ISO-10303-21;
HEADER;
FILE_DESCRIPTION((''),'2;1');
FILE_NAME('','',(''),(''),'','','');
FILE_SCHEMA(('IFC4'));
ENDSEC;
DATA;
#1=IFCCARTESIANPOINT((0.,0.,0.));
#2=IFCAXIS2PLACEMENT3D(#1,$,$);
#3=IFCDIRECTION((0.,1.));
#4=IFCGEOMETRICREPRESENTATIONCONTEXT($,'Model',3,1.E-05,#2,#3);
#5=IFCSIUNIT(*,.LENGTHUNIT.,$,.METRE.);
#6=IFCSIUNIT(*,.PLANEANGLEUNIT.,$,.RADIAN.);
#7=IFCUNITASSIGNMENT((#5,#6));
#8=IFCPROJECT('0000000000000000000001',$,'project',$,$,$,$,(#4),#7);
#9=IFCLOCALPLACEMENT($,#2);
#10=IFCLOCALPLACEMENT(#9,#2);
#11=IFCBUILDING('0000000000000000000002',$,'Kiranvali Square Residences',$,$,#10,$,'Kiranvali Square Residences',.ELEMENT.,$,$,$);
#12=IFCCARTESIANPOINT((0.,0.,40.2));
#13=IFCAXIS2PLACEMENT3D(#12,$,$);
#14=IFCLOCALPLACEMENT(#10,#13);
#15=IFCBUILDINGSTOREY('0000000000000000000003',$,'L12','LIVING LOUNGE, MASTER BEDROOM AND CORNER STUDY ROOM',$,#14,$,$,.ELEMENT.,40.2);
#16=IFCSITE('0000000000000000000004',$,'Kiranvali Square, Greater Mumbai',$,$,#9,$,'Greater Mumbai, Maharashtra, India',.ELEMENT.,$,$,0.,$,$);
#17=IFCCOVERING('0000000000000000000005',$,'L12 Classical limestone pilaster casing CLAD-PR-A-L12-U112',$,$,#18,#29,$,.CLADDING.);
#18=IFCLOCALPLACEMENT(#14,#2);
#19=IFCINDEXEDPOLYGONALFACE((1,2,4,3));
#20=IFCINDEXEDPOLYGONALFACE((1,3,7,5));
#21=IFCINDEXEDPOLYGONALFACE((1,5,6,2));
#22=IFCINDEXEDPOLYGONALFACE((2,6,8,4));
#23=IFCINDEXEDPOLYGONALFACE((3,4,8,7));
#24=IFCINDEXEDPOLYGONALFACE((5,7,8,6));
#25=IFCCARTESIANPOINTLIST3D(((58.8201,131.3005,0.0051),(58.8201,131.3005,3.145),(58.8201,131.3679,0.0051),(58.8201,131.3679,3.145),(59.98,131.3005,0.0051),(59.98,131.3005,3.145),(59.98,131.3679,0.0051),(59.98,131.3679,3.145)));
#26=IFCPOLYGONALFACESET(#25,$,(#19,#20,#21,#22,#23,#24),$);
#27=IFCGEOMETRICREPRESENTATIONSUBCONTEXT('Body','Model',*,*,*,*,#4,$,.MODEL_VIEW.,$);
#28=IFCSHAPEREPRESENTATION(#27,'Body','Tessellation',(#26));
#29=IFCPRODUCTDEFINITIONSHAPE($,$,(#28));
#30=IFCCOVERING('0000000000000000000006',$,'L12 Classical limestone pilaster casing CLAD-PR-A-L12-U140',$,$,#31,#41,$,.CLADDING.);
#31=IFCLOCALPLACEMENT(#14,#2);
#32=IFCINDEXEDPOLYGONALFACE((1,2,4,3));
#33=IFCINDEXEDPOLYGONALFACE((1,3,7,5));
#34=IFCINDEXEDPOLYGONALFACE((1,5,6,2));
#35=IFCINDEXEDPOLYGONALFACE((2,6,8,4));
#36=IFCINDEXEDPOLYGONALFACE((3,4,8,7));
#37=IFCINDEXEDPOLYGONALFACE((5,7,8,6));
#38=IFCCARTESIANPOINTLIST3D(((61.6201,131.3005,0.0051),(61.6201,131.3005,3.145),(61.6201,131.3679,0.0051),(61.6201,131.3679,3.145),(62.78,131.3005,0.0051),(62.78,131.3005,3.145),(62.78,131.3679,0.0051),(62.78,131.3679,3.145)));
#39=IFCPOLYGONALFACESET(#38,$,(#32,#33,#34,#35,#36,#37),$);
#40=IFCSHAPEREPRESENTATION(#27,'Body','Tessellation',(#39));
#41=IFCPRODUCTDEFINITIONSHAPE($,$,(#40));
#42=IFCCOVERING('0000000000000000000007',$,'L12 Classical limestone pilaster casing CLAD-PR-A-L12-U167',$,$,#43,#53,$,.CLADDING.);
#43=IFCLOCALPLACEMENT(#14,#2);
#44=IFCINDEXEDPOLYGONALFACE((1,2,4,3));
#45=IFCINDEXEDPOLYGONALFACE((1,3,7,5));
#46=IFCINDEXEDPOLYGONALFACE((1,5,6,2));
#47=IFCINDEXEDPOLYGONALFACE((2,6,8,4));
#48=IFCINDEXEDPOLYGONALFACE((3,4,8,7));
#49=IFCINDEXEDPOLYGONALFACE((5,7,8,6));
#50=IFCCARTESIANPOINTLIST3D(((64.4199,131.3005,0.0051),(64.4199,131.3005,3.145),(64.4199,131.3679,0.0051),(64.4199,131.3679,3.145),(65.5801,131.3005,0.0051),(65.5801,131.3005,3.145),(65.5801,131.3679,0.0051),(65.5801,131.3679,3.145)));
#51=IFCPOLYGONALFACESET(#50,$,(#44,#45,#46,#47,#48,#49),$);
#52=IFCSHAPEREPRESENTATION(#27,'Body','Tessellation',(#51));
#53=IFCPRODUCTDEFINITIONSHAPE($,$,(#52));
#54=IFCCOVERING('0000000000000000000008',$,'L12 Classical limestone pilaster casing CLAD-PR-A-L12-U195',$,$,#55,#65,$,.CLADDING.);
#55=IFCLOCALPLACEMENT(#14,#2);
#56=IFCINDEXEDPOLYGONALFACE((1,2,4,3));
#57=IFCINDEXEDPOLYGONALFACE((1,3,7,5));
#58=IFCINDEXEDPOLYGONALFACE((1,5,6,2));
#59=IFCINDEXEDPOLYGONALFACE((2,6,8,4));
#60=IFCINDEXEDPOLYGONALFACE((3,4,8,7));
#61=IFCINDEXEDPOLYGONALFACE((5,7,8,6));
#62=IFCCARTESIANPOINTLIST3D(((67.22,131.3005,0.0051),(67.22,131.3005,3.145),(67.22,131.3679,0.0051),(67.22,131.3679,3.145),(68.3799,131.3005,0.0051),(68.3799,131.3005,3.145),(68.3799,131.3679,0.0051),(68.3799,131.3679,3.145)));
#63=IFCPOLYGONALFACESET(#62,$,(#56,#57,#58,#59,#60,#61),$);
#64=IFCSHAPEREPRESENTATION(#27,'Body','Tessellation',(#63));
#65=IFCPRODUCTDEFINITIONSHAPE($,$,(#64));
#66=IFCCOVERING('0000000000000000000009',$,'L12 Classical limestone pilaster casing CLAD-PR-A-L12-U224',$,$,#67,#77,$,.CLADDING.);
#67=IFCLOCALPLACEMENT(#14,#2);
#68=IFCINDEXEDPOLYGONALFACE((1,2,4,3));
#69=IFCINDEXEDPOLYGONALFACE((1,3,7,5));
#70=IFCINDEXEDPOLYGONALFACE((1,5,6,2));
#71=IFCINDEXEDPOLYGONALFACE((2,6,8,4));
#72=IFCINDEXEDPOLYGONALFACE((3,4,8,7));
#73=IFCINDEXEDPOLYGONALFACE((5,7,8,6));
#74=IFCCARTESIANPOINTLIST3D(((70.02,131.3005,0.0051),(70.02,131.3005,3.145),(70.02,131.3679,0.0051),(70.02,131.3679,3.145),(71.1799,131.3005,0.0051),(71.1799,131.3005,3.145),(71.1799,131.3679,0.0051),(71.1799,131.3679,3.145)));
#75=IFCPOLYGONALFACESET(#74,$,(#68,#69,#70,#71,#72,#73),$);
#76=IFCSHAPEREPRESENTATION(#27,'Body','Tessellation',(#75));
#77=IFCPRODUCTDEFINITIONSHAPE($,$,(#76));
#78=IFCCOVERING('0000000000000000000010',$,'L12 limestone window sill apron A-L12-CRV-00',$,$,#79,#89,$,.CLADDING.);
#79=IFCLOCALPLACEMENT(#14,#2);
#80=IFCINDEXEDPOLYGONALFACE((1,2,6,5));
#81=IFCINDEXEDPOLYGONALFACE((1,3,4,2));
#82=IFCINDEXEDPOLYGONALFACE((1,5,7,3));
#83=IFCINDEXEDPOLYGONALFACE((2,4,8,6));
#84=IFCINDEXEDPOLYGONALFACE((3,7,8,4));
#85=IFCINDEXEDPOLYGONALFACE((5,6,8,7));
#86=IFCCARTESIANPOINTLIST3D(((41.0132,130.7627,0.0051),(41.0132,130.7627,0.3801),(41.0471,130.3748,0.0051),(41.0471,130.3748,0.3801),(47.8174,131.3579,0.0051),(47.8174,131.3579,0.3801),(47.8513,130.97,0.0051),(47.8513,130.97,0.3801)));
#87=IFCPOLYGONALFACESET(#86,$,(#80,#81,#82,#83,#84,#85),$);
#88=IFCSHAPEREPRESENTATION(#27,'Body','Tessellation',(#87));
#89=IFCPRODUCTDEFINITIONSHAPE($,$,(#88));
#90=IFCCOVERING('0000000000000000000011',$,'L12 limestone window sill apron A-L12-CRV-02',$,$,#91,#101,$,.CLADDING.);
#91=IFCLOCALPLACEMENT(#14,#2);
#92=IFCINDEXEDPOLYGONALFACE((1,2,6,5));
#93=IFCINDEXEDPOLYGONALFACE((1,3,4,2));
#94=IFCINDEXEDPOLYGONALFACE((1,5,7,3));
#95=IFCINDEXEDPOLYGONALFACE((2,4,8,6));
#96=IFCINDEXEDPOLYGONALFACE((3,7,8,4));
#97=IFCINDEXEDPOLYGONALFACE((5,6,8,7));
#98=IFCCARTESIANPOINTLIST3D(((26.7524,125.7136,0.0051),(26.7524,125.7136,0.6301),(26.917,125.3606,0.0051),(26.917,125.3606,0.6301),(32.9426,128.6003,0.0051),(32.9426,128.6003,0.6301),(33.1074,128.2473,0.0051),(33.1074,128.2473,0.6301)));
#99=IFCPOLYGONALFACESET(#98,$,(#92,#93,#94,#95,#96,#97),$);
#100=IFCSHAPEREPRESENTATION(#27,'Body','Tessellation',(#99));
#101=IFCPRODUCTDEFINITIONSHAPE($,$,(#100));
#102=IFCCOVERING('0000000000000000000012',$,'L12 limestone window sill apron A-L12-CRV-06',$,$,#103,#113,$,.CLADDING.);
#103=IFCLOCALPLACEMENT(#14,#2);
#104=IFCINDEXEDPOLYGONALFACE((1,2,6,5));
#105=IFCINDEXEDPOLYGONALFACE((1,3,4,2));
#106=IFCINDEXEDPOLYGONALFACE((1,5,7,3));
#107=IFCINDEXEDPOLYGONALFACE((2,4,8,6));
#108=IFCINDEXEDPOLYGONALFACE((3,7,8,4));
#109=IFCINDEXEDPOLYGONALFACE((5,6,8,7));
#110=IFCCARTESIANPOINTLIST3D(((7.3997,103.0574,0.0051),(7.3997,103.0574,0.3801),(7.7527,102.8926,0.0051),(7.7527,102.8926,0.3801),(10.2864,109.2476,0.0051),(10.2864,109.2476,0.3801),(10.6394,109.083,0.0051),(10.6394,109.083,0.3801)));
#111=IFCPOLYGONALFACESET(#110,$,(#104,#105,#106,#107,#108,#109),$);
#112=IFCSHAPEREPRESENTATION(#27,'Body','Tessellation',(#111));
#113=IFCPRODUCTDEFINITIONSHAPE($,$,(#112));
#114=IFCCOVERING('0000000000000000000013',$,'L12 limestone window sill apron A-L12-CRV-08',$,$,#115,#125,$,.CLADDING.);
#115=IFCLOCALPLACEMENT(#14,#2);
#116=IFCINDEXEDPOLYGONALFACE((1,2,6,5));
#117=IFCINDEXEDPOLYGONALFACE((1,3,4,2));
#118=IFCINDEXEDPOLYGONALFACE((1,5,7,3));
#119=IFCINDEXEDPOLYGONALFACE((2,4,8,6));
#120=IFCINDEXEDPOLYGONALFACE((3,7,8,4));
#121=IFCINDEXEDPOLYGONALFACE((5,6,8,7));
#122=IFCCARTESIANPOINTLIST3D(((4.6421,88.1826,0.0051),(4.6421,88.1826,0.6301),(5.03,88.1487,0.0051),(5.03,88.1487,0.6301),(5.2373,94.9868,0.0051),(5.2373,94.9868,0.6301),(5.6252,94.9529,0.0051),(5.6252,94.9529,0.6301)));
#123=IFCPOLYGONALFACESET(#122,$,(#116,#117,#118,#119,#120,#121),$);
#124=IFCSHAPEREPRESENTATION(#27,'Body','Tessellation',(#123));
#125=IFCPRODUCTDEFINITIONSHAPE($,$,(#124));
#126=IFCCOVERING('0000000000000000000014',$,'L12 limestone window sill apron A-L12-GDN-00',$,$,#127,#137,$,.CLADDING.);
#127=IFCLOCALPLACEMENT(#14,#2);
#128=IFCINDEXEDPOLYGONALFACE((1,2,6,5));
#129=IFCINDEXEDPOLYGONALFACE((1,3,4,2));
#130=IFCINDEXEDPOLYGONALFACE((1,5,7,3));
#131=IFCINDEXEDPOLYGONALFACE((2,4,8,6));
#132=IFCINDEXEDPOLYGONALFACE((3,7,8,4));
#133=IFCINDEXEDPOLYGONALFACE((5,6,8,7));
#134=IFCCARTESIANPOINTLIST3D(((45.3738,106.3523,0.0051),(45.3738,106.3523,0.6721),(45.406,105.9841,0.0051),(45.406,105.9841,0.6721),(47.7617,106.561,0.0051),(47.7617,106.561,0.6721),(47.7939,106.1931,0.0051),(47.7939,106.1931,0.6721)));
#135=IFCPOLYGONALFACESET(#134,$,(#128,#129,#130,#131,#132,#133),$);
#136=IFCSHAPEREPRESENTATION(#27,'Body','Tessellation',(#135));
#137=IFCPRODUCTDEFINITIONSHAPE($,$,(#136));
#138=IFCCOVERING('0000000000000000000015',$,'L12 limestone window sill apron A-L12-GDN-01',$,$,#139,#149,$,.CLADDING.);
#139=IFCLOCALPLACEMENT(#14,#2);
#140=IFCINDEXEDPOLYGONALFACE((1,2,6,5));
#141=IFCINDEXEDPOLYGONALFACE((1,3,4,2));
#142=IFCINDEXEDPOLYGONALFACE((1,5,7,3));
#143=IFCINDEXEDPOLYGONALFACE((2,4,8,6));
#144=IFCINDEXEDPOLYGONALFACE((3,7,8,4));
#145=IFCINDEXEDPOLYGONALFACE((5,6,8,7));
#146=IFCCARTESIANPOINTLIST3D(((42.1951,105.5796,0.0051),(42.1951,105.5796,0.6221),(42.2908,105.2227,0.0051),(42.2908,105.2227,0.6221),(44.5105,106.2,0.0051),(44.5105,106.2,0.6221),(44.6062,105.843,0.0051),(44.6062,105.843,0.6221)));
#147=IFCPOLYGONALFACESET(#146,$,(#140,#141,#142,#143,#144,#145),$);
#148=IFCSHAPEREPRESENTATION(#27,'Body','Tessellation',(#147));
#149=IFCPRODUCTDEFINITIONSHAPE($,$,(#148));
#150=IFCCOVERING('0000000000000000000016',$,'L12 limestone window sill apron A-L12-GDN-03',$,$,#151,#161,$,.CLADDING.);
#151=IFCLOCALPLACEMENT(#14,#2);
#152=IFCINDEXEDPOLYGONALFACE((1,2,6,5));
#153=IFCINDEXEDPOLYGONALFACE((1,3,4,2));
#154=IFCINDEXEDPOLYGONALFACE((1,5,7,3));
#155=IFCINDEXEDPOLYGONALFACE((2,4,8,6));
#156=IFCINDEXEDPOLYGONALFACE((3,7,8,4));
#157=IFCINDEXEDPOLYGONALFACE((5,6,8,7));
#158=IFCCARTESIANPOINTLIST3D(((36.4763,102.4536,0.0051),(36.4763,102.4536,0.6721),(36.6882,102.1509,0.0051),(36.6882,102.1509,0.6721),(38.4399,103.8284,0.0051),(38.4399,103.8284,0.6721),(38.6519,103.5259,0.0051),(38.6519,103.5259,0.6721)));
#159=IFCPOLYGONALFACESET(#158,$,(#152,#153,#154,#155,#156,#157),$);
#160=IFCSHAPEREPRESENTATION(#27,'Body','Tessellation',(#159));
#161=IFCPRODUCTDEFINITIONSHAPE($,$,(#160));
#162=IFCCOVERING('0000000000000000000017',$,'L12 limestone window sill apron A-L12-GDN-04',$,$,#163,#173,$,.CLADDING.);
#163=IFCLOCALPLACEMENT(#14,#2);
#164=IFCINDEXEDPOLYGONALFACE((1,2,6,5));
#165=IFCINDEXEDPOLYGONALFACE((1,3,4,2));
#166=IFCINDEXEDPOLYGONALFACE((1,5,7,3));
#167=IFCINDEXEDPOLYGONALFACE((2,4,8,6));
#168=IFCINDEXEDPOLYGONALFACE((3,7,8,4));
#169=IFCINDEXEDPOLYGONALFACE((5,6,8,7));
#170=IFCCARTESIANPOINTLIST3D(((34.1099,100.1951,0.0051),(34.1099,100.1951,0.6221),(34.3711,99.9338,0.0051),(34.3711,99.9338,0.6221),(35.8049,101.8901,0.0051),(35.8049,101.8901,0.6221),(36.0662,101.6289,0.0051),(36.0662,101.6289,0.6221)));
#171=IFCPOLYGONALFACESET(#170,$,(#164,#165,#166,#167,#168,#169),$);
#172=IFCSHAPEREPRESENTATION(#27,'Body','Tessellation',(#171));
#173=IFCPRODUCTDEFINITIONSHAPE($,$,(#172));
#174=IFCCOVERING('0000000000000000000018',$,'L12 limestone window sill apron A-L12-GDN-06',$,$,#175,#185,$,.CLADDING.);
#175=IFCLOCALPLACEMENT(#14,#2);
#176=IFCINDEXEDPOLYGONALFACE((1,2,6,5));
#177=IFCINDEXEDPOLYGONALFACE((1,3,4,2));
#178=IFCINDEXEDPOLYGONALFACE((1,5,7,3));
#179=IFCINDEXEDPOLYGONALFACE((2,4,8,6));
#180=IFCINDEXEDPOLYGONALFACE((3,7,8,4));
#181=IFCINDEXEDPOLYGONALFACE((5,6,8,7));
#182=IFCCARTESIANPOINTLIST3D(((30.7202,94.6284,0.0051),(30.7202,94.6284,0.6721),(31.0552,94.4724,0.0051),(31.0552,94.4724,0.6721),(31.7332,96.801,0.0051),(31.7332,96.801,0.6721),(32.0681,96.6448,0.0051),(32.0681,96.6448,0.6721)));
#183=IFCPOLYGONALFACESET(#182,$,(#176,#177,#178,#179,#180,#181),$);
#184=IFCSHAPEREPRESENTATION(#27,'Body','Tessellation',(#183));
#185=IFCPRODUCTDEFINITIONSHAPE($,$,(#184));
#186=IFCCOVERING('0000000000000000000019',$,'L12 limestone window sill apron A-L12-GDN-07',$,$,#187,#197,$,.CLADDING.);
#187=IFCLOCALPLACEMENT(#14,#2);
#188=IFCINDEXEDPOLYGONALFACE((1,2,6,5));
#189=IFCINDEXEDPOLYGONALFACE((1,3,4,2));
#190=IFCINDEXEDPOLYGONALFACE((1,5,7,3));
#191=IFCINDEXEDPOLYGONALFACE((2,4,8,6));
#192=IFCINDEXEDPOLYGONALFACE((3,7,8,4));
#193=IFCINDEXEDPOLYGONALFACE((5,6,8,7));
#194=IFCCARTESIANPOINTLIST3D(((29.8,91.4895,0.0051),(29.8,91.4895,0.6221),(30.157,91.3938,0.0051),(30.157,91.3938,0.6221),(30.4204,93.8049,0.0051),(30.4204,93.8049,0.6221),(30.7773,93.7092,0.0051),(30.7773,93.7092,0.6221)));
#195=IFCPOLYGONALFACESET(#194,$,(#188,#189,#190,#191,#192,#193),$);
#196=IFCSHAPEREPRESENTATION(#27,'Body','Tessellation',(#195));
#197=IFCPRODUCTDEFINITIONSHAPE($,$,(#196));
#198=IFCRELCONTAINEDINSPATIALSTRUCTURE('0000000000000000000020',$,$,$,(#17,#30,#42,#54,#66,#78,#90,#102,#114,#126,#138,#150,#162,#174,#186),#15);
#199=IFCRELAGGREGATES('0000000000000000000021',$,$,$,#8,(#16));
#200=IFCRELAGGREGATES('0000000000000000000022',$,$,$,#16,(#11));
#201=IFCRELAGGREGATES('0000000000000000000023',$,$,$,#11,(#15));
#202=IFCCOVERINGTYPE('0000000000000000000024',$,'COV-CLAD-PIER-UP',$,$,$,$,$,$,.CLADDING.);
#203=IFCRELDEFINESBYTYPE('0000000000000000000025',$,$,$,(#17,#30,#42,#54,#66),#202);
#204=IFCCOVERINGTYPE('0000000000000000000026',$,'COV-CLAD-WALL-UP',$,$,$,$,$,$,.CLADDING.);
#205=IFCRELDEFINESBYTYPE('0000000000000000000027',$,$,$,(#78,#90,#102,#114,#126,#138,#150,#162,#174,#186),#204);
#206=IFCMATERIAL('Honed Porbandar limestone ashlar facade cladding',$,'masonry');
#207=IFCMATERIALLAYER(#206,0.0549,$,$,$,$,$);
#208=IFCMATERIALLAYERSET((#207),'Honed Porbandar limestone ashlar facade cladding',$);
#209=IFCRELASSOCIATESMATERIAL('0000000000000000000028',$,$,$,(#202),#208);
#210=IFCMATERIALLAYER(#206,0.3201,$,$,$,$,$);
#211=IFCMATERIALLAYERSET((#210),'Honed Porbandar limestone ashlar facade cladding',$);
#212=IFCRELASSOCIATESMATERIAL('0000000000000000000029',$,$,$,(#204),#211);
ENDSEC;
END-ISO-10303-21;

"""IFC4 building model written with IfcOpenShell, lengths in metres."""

from ifc_helpers import new_model, si_unit, direction, frame, origin, place, context, subcontext, project, spatial, polyline, outline, extrude, material, layer, layer_set, type_object, element, save


model = new_model("IFC4")

# Units and contexts
model_context = context("Model", 3, precision=1e-05, world=origin(), true_north=direction((0.0, 1.0)))
body_context = subcontext(model_context, "Body", "Model", "MODEL_VIEW")
ifc_project = project(units=[si_unit("LENGTHUNIT", "METRE"), si_unit("PLANEANGLEUNIT", "RADIAN")], contexts=[model_context])

# Site, building, storey
site_placement = place(None, origin())
site = spatial("IfcSite", under=ifc_project, at=site_placement, Name="Kiranvali Square, Greater Mumbai", LongName="Greater Mumbai, Maharashtra, India", CompositionType="ELEMENT", RefElevation=0.0)
building_placement = place(site_placement, origin())
building = spatial("IfcBuilding", under=site, at=building_placement, Name="Kiranvali Square Residences", LongName="Kiranvali Square Residences", CompositionType="ELEMENT")
storey_placement = place(building_placement, frame((0.0, 0.0, 40.2)))
storey = spatial("IfcBuildingStorey", under=building, at=storey_placement, Name="L12", Description="LIVING LOUNGE, MASTER BEDROOM AND CORNER STUDY ROOM", CompositionType="ELEMENT", Elevation=40.2)

# Coverings
ifc_material = material(Name="Honed Porbandar limestone ashlar facade cladding", Category="masonry")
ifc_layer_1 = layer(ifc_material, 0.0549)
ifc_layer_set_1 = layer_set([ifc_layer_1], Name="Honed Porbandar limestone ashlar facade cladding")
covering_type_1 = type_object("IfcCoveringType", Name="COV-CLAD-PIER-UP", PredefinedType="CLADDING", material=ifc_layer_set_1)
covering_1_placement = place(storey_placement, frame((0.0, 0.0, 0.0051)))
element("IfcCovering", 1, at=covering_1_placement, inside=storey, type_object=covering_type_1, Name="L12 Classical limestone pilaster casing CLAD-PR-A-L12-U112", PredefinedType="CLADDING", context=body_context, shape_type="SweptSolid", body=[
    extrude(outline(polyline([(58.8201, 131.3005), (59.98, 131.3005), (59.98, 131.3679), (58.8201, 131.3679), (58.8201, 131.3005)])), origin(), (0.0, 0.0, 1.0), 3.1399),
])
covering_2_placement = place(storey_placement, frame((0.0, 0.0, 0.0051)))
element("IfcCovering", 2, at=covering_2_placement, inside=storey, type_object=covering_type_1, Name="L12 Classical limestone pilaster casing CLAD-PR-A-L12-U140", PredefinedType="CLADDING", context=body_context, shape_type="SweptSolid", body=[
    extrude(outline(polyline([(61.6201, 131.3005), (62.78, 131.3005), (62.78, 131.3679), (61.6201, 131.3679), (61.6201, 131.3005)])), origin(), (0.0, 0.0, 1.0), 3.1399),
])
covering_3_placement = place(storey_placement, frame((0.0, 0.0, 0.0051)))
element("IfcCovering", 3, at=covering_3_placement, inside=storey, type_object=covering_type_1, Name="L12 Classical limestone pilaster casing CLAD-PR-A-L12-U167", PredefinedType="CLADDING", context=body_context, shape_type="SweptSolid", body=[
    extrude(outline(polyline([(64.4199, 131.3005), (65.5801, 131.3005), (65.5801, 131.3679), (64.4199, 131.3679), (64.4199, 131.3005)])), origin(), (0.0, 0.0, 1.0), 3.1399),
])
covering_4_placement = place(storey_placement, frame((0.0, 0.0, 0.0051)))
element("IfcCovering", 4, at=covering_4_placement, inside=storey, type_object=covering_type_1, Name="L12 Classical limestone pilaster casing CLAD-PR-A-L12-U195", PredefinedType="CLADDING", context=body_context, shape_type="SweptSolid", body=[
    extrude(outline(polyline([(67.22, 131.3005), (68.3799, 131.3005), (68.3799, 131.3679), (67.22, 131.3679), (67.22, 131.3005)])), origin(), (0.0, 0.0, 1.0), 3.1399),
])
covering_5_placement = place(storey_placement, frame((0.0, 0.0, 0.0051)))
element("IfcCovering", 5, at=covering_5_placement, inside=storey, type_object=covering_type_1, Name="L12 Classical limestone pilaster casing CLAD-PR-A-L12-U224", PredefinedType="CLADDING", context=body_context, shape_type="SweptSolid", body=[
    extrude(outline(polyline([(70.02, 131.3005), (71.1799, 131.3005), (71.1799, 131.3679), (70.02, 131.3679), (70.02, 131.3005)])), origin(), (0.0, 0.0, 1.0), 3.1399),
])
ifc_layer_2 = layer(ifc_material, 0.3201)
ifc_layer_set_2 = layer_set([ifc_layer_2], Name="Honed Porbandar limestone ashlar facade cladding")
covering_type_2 = type_object("IfcCoveringType", Name="COV-CLAD-WALL-UP", PredefinedType="CLADDING", material=ifc_layer_set_2)
covering_6_placement = place(storey_placement, frame((0.0, 0.0, 0.0051)))
element("IfcCovering", 6, at=covering_6_placement, inside=storey, type_object=covering_type_2, Name="L12 limestone window sill apron A-L12-CRV-00", PredefinedType="CLADDING", context=body_context, shape_type="SweptSolid", body=[
    extrude(outline(polyline([(47.8174, 131.3579), (41.0132, 130.7627), (41.0471, 130.3748), (47.8513, 130.97), (47.8174, 131.3579)])), origin(), (0.0, 0.0, 1.0), 0.375),
])
covering_7_placement = place(storey_placement, frame((0.0, 0.0, 0.0051)))
element("IfcCovering", 7, at=covering_7_placement, inside=storey, type_object=covering_type_2, Name="L12 limestone window sill apron A-L12-CRV-02", PredefinedType="CLADDING", context=body_context, shape_type="SweptSolid", body=[
    extrude(outline(polyline([(32.9426, 128.6003), (26.7524, 125.7136), (26.917, 125.3606), (33.1074, 128.2473), (32.9426, 128.6003)])), origin(), (0.0, 0.0, 1.0), 0.625),
])
covering_8_placement = place(storey_placement, frame((0.0, 0.0, 0.0051)))
element("IfcCovering", 8, at=covering_8_placement, inside=storey, type_object=covering_type_2, Name="L12 limestone window sill apron A-L12-CRV-06", PredefinedType="CLADDING", context=body_context, shape_type="SweptSolid", body=[
    extrude(outline(polyline([(10.2864, 109.2476), (7.3997, 103.0574), (7.7527, 102.8926), (10.6394, 109.083), (10.2864, 109.2476)])), origin(), (0.0, 0.0, 1.0), 0.375),
])
covering_9_placement = place(storey_placement, frame((0.0, 0.0, 0.0051)))
element("IfcCovering", 9, at=covering_9_placement, inside=storey, type_object=covering_type_2, Name="L12 limestone window sill apron A-L12-CRV-08", PredefinedType="CLADDING", context=body_context, shape_type="SweptSolid", body=[
    extrude(outline(polyline([(5.2373, 94.9868), (4.6421, 88.1826), (5.03, 88.1487), (5.6252, 94.9529), (5.2373, 94.9868)])), origin(), (0.0, 0.0, 1.0), 0.625),
])
covering_10_placement = place(storey_placement, frame((0.0, 0.0, 0.0051)))
element("IfcCovering", 10, at=covering_10_placement, inside=storey, type_object=covering_type_2, Name="L12 limestone window sill apron A-L12-GDN-00", PredefinedType="CLADDING", context=body_context, shape_type="SweptSolid", body=[
    extrude(outline(polyline([(47.7617, 106.561), (45.3738, 106.3523), (45.406, 105.9841), (47.7939, 106.1931), (47.7617, 106.561)])), origin(), (0.0, 0.0, 1.0), 0.667),
])
covering_11_placement = place(storey_placement, frame((0.0, 0.0, 0.0051)))
element("IfcCovering", 11, at=covering_11_placement, inside=storey, type_object=covering_type_2, Name="L12 limestone window sill apron A-L12-GDN-01", PredefinedType="CLADDING", context=body_context, shape_type="SweptSolid", body=[
    extrude(outline(polyline([(44.5105, 106.2), (42.1951, 105.5796), (42.2908, 105.2227), (44.6062, 105.843), (44.5105, 106.2)])), origin(), (0.0, 0.0, 1.0), 0.6169),
])
covering_12_placement = place(storey_placement, frame((0.0, 0.0, 0.0051)))
element("IfcCovering", 12, at=covering_12_placement, inside=storey, type_object=covering_type_2, Name="L12 limestone window sill apron A-L12-GDN-03", PredefinedType="CLADDING", context=body_context, shape_type="SweptSolid", body=[
    extrude(outline(polyline([(38.4399, 103.8284), (36.4763, 102.4536), (36.6882, 102.1509), (38.6519, 103.5259), (38.4399, 103.8284)])), origin(), (0.0, 0.0, 1.0), 0.667),
])
covering_13_placement = place(storey_placement, frame((0.0, 0.0, 0.0051)))
element("IfcCovering", 13, at=covering_13_placement, inside=storey, type_object=covering_type_2, Name="L12 limestone window sill apron A-L12-GDN-04", PredefinedType="CLADDING", context=body_context, shape_type="SweptSolid", body=[
    extrude(outline(polyline([(35.8049, 101.8901), (34.1099, 100.1951), (34.3711, 99.9338), (36.0662, 101.6289), (35.8049, 101.8901)])), origin(), (0.0, 0.0, 1.0), 0.6169),
])
covering_14_placement = place(storey_placement, frame((0.0, 0.0, 0.0051)))
element("IfcCovering", 14, at=covering_14_placement, inside=storey, type_object=covering_type_2, Name="L12 limestone window sill apron A-L12-GDN-06", PredefinedType="CLADDING", context=body_context, shape_type="SweptSolid", body=[
    extrude(outline(polyline([(31.7332, 96.801), (30.7202, 94.6284), (31.0552, 94.4724), (32.0681, 96.6448), (31.7332, 96.801)])), origin(), (0.0, 0.0, 1.0), 0.667),
])
covering_15_placement = place(storey_placement, frame((0.0, 0.0, 0.0051)))
element("IfcCovering", 15, at=covering_15_placement, inside=storey, type_object=covering_type_2, Name="L12 limestone window sill apron A-L12-GDN-07", PredefinedType="CLADDING", context=body_context, shape_type="SweptSolid", body=[
    extrude(outline(polyline([(30.4204, 93.8049), (29.8, 91.4895), (30.157, 91.3938), (30.7773, 93.7092), (30.4204, 93.8049)])), origin(), (0.0, 0.0, 1.0), 0.6169),
])

save(model, "model.ifc")
